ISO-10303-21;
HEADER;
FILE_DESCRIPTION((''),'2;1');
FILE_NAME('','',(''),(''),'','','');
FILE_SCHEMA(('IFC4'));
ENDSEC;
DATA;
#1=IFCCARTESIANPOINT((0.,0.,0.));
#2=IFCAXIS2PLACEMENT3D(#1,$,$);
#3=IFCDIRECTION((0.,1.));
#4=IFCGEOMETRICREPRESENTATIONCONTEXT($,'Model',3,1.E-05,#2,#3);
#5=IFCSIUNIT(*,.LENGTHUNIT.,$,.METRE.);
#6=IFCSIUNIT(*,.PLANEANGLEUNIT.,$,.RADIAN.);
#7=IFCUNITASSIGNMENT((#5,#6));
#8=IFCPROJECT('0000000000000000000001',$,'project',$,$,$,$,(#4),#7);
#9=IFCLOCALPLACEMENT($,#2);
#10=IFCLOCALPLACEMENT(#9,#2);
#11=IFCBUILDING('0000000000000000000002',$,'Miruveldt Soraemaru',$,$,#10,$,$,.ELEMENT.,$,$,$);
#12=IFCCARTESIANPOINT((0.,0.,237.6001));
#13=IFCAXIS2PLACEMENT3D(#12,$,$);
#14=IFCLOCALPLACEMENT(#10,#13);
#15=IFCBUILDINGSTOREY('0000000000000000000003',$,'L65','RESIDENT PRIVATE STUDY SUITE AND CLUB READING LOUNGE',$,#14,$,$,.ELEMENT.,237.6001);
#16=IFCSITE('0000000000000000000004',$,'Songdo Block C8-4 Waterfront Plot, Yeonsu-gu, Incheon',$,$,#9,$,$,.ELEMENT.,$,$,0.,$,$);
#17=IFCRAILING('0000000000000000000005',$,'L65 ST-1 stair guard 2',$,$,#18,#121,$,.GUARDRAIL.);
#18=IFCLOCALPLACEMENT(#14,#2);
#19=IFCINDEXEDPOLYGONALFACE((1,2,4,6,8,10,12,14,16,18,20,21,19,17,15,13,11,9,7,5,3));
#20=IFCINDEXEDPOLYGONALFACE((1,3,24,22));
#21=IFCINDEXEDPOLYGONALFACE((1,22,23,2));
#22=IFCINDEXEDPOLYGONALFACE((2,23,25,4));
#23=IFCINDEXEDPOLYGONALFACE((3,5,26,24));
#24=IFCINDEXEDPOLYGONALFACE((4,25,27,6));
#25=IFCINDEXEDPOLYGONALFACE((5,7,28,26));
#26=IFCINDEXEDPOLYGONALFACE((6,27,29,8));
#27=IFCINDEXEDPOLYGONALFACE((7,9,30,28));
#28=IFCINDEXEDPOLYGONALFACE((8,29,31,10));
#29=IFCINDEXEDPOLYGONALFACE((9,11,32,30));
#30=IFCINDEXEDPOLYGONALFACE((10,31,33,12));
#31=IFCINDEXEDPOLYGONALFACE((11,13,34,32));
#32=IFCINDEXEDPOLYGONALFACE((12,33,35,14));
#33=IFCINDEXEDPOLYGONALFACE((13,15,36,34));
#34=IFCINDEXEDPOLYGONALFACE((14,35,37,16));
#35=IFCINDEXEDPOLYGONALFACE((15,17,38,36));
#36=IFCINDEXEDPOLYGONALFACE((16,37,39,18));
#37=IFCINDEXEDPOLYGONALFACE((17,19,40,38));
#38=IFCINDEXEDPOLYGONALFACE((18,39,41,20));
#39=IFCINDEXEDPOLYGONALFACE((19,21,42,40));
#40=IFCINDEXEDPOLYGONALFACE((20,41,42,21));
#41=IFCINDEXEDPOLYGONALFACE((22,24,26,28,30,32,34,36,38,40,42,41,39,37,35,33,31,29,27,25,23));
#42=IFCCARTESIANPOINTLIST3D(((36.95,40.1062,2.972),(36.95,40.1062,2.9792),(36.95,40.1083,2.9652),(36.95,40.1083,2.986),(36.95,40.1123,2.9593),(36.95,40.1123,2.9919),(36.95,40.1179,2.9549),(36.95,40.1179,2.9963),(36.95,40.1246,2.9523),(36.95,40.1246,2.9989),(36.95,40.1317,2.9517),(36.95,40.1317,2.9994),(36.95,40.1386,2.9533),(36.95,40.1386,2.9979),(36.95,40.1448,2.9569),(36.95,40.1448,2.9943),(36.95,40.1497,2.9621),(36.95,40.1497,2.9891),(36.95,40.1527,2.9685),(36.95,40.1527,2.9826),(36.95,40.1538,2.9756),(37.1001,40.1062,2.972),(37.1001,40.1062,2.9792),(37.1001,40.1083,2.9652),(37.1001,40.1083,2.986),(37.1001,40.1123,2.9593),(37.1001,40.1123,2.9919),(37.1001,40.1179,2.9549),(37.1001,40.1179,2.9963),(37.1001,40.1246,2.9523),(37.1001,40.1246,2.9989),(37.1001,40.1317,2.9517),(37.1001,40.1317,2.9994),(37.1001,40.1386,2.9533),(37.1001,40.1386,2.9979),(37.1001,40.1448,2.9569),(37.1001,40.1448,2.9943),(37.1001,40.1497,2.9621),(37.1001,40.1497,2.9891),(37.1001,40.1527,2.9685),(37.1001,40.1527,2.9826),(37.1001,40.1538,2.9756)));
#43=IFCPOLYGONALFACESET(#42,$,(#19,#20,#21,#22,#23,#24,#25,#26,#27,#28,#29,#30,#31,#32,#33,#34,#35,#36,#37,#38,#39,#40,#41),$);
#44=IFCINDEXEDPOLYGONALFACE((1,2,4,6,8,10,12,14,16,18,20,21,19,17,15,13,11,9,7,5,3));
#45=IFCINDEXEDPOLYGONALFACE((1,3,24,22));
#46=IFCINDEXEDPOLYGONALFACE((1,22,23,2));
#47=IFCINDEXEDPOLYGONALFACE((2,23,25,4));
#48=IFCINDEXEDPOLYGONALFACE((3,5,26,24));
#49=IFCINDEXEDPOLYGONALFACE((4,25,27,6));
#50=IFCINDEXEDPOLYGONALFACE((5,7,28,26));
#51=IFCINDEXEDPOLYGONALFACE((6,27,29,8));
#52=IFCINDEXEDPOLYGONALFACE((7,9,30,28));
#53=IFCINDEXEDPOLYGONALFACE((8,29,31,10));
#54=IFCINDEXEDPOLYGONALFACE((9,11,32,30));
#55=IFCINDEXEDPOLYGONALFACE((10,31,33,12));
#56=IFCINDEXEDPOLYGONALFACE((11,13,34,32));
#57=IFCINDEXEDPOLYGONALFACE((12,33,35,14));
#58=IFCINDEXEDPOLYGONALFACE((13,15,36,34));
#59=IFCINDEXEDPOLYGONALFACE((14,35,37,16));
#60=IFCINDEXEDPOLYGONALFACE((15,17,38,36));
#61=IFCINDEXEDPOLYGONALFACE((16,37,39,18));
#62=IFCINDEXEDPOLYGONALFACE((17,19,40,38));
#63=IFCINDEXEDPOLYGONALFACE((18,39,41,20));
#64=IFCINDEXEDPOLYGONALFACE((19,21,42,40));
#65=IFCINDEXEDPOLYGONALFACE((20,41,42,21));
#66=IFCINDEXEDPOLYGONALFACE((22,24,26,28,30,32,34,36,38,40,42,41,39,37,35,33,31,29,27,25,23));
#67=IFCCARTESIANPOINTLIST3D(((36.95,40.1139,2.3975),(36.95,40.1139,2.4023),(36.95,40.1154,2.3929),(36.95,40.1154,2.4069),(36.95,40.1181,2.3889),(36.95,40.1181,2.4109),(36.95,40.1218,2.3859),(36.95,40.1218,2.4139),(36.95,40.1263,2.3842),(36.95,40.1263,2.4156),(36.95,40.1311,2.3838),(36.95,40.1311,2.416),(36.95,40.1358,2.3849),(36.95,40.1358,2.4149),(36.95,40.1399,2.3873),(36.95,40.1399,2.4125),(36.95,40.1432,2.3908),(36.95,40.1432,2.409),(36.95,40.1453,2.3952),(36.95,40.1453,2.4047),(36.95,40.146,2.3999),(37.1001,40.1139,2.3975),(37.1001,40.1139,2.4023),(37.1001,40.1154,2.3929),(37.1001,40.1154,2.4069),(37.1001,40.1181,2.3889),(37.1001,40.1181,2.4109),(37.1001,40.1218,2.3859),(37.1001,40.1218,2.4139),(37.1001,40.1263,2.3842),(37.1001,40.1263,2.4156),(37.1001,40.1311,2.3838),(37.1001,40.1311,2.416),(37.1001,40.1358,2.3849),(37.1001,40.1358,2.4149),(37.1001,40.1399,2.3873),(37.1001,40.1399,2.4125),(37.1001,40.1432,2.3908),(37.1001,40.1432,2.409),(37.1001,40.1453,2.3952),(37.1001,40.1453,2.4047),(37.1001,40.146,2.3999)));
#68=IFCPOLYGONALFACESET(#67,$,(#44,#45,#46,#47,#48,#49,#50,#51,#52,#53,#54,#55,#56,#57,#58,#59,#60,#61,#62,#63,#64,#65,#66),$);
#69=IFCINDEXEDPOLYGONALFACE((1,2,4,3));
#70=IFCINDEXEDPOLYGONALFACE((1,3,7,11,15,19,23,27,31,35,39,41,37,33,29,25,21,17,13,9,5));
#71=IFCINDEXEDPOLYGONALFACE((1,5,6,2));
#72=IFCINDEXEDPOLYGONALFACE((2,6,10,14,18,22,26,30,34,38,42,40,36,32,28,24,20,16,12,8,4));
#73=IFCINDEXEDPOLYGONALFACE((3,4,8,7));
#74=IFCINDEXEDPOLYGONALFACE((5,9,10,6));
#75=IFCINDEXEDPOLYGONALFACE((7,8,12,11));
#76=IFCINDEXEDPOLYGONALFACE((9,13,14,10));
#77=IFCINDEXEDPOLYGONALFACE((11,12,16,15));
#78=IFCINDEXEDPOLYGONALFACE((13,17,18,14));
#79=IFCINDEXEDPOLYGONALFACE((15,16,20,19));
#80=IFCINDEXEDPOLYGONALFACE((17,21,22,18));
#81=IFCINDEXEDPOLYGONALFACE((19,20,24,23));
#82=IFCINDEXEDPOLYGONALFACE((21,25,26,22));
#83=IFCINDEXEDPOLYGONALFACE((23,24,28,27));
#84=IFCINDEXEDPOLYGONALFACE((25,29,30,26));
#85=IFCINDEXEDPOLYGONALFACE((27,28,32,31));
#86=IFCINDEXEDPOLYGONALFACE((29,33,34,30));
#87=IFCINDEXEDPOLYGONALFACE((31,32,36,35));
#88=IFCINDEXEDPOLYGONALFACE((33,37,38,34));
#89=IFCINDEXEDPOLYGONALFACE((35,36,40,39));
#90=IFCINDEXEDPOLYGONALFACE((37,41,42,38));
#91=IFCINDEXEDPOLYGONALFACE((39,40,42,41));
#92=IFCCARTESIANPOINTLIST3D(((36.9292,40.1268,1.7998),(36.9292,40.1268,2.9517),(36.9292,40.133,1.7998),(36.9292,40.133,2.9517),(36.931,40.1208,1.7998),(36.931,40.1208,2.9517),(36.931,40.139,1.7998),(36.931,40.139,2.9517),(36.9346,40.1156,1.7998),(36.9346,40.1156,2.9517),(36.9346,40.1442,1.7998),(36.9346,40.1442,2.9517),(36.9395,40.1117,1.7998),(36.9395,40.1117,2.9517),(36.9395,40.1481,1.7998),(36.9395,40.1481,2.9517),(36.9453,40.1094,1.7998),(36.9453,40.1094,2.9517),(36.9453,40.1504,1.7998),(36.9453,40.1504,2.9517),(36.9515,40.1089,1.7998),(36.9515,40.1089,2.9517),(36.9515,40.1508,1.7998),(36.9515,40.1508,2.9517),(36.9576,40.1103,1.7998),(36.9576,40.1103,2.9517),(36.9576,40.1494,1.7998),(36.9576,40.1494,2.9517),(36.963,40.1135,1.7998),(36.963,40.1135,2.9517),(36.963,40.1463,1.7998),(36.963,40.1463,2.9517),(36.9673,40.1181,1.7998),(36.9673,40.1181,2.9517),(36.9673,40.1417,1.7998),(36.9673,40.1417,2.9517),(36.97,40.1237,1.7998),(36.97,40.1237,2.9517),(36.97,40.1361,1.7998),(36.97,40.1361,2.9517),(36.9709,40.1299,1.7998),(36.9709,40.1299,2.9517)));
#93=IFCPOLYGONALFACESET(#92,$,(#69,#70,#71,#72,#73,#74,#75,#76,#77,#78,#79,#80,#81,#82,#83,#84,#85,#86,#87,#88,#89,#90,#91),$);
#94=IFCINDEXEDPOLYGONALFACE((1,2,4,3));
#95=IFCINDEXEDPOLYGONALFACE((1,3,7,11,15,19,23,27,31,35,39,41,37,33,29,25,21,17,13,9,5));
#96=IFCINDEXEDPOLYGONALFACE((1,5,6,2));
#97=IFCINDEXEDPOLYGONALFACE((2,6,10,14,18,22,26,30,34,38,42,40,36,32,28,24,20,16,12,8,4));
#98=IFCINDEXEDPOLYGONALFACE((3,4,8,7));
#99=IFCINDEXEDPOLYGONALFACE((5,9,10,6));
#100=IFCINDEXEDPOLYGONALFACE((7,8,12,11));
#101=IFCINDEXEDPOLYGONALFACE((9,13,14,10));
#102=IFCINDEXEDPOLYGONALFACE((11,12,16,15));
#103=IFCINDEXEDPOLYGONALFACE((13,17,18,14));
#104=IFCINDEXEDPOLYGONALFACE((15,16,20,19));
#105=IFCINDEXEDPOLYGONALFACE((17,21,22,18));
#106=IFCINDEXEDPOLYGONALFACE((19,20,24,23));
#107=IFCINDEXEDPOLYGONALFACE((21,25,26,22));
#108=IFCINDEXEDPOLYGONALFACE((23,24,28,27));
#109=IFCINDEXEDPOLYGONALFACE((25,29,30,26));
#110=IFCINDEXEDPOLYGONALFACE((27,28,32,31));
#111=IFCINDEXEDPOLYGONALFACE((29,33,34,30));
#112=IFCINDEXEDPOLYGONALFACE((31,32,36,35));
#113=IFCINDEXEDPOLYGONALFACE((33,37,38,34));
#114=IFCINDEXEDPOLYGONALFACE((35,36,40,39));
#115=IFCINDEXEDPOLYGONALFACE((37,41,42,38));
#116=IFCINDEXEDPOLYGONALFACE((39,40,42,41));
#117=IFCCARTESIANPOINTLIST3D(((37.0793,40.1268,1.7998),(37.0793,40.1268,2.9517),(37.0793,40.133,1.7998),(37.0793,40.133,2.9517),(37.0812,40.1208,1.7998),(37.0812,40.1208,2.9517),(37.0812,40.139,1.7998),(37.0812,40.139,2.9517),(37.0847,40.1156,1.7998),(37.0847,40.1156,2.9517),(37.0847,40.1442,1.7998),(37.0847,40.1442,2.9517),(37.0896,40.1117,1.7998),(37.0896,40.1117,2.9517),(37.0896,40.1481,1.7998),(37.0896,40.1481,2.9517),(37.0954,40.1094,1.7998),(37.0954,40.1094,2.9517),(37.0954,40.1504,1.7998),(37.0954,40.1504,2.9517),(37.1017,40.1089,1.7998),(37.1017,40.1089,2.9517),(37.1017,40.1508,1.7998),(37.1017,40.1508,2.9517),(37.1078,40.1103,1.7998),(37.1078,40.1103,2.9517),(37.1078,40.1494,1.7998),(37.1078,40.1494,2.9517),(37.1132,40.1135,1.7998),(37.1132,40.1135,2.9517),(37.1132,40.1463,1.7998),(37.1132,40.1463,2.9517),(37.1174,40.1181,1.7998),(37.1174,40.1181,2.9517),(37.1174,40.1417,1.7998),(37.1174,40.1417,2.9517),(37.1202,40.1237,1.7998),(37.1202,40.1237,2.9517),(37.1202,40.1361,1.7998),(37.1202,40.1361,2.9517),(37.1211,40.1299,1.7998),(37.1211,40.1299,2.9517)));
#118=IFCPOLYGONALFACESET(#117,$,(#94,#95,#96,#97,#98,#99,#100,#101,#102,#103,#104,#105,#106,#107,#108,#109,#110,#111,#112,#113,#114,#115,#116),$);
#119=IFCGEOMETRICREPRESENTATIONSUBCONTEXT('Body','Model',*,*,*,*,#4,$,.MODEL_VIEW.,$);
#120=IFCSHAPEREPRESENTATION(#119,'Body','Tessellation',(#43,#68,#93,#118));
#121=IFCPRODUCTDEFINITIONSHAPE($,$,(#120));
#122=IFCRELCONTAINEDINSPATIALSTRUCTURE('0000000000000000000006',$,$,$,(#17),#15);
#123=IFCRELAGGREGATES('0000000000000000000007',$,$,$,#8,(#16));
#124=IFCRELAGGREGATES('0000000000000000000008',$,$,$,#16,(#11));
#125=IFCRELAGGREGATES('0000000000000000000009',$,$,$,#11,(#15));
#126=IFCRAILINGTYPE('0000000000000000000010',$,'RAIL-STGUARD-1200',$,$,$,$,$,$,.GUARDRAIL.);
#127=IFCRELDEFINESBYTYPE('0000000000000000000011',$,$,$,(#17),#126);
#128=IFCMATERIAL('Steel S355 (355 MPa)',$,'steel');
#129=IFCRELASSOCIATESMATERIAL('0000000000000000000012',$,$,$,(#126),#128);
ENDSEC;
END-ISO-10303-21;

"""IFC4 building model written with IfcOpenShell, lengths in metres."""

from ifc_helpers import new_model, si_unit, direction, frame, origin, origin_2d, place, context, subcontext, project, spatial, circle, extrude, material, type_object, element, save


model = new_model("IFC4")

# Units and contexts
model_context = context("Model", 3, precision=1e-05, world=origin(), true_north=direction((0.0, 1.0)))
body_context = subcontext(model_context, "Body", "Model", "MODEL_VIEW")
ifc_project = project(units=[si_unit("LENGTHUNIT", "METRE"), si_unit("PLANEANGLEUNIT", "RADIAN")], contexts=[model_context])

# Site, building, storey
site_placement = place(None, origin())
site = spatial("IfcSite", under=ifc_project, at=site_placement, Name="Songdo Block C8-4 Waterfront Plot, Yeonsu-gu, Incheon", CompositionType="ELEMENT", RefElevation=0.0)
building_placement = place(site_placement, origin())
building = spatial("IfcBuilding", under=site, at=building_placement, Name="Miruveldt Soraemaru", CompositionType="ELEMENT")
storey_placement = place(building_placement, frame((0.0, 0.0, 237.6001)))
storey = spatial("IfcBuildingStorey", under=building, at=storey_placement, Name="L65", Description="RESIDENT PRIVATE STUDY SUITE AND CLUB READING LOUNGE", CompositionType="ELEMENT", Elevation=237.6001)

# Railing
ifc_material_1 = material(Name="Steel S355 (355 MPa)", Category="steel")
railing_type_1 = type_object("IfcRailingType", Name="RAIL-STGUARD-1200", PredefinedType="GUARDRAIL", material=ifc_material_1)
railing_1_placement = place(storey_placement, frame((36.95, 40.1299, 1.7998)))
element("IfcRailing", 1, at=railing_1_placement, inside=storey, type_object=railing_type_1, Name="L65 ST-1 stair guard 2", PredefinedType="GUARDRAIL", context=body_context, shape_type="SweptSolid", body=[
    extrude(circle(Radius=0.0239, at=origin_2d()), frame((0.0, 0.0, 1.1758), z_axis=(1.0, 0.0, 0.0), x_axis=(0.0, 1.0, 0.0)), (0.0, 0.0, 1.0), 0.1501),
    extrude(circle(Radius=0.0161, at=origin_2d()), frame((0.0, 0.0, 0.6001), z_axis=(1.0, 0.0, 0.0), x_axis=(0.0, 1.0, 0.0)), (0.0, 0.0, 1.0), 0.1501),
    extrude(circle(Radius=0.021, at=origin_2d()), origin(), (0.0, 0.0, 1.0), 1.1519),
    extrude(circle(Radius=0.021, at=origin_2d()), frame((0.1501, 0.0, 0.0)), (0.0, 0.0, 1.0), 1.1519),
])

save(model, "model.ifc")
